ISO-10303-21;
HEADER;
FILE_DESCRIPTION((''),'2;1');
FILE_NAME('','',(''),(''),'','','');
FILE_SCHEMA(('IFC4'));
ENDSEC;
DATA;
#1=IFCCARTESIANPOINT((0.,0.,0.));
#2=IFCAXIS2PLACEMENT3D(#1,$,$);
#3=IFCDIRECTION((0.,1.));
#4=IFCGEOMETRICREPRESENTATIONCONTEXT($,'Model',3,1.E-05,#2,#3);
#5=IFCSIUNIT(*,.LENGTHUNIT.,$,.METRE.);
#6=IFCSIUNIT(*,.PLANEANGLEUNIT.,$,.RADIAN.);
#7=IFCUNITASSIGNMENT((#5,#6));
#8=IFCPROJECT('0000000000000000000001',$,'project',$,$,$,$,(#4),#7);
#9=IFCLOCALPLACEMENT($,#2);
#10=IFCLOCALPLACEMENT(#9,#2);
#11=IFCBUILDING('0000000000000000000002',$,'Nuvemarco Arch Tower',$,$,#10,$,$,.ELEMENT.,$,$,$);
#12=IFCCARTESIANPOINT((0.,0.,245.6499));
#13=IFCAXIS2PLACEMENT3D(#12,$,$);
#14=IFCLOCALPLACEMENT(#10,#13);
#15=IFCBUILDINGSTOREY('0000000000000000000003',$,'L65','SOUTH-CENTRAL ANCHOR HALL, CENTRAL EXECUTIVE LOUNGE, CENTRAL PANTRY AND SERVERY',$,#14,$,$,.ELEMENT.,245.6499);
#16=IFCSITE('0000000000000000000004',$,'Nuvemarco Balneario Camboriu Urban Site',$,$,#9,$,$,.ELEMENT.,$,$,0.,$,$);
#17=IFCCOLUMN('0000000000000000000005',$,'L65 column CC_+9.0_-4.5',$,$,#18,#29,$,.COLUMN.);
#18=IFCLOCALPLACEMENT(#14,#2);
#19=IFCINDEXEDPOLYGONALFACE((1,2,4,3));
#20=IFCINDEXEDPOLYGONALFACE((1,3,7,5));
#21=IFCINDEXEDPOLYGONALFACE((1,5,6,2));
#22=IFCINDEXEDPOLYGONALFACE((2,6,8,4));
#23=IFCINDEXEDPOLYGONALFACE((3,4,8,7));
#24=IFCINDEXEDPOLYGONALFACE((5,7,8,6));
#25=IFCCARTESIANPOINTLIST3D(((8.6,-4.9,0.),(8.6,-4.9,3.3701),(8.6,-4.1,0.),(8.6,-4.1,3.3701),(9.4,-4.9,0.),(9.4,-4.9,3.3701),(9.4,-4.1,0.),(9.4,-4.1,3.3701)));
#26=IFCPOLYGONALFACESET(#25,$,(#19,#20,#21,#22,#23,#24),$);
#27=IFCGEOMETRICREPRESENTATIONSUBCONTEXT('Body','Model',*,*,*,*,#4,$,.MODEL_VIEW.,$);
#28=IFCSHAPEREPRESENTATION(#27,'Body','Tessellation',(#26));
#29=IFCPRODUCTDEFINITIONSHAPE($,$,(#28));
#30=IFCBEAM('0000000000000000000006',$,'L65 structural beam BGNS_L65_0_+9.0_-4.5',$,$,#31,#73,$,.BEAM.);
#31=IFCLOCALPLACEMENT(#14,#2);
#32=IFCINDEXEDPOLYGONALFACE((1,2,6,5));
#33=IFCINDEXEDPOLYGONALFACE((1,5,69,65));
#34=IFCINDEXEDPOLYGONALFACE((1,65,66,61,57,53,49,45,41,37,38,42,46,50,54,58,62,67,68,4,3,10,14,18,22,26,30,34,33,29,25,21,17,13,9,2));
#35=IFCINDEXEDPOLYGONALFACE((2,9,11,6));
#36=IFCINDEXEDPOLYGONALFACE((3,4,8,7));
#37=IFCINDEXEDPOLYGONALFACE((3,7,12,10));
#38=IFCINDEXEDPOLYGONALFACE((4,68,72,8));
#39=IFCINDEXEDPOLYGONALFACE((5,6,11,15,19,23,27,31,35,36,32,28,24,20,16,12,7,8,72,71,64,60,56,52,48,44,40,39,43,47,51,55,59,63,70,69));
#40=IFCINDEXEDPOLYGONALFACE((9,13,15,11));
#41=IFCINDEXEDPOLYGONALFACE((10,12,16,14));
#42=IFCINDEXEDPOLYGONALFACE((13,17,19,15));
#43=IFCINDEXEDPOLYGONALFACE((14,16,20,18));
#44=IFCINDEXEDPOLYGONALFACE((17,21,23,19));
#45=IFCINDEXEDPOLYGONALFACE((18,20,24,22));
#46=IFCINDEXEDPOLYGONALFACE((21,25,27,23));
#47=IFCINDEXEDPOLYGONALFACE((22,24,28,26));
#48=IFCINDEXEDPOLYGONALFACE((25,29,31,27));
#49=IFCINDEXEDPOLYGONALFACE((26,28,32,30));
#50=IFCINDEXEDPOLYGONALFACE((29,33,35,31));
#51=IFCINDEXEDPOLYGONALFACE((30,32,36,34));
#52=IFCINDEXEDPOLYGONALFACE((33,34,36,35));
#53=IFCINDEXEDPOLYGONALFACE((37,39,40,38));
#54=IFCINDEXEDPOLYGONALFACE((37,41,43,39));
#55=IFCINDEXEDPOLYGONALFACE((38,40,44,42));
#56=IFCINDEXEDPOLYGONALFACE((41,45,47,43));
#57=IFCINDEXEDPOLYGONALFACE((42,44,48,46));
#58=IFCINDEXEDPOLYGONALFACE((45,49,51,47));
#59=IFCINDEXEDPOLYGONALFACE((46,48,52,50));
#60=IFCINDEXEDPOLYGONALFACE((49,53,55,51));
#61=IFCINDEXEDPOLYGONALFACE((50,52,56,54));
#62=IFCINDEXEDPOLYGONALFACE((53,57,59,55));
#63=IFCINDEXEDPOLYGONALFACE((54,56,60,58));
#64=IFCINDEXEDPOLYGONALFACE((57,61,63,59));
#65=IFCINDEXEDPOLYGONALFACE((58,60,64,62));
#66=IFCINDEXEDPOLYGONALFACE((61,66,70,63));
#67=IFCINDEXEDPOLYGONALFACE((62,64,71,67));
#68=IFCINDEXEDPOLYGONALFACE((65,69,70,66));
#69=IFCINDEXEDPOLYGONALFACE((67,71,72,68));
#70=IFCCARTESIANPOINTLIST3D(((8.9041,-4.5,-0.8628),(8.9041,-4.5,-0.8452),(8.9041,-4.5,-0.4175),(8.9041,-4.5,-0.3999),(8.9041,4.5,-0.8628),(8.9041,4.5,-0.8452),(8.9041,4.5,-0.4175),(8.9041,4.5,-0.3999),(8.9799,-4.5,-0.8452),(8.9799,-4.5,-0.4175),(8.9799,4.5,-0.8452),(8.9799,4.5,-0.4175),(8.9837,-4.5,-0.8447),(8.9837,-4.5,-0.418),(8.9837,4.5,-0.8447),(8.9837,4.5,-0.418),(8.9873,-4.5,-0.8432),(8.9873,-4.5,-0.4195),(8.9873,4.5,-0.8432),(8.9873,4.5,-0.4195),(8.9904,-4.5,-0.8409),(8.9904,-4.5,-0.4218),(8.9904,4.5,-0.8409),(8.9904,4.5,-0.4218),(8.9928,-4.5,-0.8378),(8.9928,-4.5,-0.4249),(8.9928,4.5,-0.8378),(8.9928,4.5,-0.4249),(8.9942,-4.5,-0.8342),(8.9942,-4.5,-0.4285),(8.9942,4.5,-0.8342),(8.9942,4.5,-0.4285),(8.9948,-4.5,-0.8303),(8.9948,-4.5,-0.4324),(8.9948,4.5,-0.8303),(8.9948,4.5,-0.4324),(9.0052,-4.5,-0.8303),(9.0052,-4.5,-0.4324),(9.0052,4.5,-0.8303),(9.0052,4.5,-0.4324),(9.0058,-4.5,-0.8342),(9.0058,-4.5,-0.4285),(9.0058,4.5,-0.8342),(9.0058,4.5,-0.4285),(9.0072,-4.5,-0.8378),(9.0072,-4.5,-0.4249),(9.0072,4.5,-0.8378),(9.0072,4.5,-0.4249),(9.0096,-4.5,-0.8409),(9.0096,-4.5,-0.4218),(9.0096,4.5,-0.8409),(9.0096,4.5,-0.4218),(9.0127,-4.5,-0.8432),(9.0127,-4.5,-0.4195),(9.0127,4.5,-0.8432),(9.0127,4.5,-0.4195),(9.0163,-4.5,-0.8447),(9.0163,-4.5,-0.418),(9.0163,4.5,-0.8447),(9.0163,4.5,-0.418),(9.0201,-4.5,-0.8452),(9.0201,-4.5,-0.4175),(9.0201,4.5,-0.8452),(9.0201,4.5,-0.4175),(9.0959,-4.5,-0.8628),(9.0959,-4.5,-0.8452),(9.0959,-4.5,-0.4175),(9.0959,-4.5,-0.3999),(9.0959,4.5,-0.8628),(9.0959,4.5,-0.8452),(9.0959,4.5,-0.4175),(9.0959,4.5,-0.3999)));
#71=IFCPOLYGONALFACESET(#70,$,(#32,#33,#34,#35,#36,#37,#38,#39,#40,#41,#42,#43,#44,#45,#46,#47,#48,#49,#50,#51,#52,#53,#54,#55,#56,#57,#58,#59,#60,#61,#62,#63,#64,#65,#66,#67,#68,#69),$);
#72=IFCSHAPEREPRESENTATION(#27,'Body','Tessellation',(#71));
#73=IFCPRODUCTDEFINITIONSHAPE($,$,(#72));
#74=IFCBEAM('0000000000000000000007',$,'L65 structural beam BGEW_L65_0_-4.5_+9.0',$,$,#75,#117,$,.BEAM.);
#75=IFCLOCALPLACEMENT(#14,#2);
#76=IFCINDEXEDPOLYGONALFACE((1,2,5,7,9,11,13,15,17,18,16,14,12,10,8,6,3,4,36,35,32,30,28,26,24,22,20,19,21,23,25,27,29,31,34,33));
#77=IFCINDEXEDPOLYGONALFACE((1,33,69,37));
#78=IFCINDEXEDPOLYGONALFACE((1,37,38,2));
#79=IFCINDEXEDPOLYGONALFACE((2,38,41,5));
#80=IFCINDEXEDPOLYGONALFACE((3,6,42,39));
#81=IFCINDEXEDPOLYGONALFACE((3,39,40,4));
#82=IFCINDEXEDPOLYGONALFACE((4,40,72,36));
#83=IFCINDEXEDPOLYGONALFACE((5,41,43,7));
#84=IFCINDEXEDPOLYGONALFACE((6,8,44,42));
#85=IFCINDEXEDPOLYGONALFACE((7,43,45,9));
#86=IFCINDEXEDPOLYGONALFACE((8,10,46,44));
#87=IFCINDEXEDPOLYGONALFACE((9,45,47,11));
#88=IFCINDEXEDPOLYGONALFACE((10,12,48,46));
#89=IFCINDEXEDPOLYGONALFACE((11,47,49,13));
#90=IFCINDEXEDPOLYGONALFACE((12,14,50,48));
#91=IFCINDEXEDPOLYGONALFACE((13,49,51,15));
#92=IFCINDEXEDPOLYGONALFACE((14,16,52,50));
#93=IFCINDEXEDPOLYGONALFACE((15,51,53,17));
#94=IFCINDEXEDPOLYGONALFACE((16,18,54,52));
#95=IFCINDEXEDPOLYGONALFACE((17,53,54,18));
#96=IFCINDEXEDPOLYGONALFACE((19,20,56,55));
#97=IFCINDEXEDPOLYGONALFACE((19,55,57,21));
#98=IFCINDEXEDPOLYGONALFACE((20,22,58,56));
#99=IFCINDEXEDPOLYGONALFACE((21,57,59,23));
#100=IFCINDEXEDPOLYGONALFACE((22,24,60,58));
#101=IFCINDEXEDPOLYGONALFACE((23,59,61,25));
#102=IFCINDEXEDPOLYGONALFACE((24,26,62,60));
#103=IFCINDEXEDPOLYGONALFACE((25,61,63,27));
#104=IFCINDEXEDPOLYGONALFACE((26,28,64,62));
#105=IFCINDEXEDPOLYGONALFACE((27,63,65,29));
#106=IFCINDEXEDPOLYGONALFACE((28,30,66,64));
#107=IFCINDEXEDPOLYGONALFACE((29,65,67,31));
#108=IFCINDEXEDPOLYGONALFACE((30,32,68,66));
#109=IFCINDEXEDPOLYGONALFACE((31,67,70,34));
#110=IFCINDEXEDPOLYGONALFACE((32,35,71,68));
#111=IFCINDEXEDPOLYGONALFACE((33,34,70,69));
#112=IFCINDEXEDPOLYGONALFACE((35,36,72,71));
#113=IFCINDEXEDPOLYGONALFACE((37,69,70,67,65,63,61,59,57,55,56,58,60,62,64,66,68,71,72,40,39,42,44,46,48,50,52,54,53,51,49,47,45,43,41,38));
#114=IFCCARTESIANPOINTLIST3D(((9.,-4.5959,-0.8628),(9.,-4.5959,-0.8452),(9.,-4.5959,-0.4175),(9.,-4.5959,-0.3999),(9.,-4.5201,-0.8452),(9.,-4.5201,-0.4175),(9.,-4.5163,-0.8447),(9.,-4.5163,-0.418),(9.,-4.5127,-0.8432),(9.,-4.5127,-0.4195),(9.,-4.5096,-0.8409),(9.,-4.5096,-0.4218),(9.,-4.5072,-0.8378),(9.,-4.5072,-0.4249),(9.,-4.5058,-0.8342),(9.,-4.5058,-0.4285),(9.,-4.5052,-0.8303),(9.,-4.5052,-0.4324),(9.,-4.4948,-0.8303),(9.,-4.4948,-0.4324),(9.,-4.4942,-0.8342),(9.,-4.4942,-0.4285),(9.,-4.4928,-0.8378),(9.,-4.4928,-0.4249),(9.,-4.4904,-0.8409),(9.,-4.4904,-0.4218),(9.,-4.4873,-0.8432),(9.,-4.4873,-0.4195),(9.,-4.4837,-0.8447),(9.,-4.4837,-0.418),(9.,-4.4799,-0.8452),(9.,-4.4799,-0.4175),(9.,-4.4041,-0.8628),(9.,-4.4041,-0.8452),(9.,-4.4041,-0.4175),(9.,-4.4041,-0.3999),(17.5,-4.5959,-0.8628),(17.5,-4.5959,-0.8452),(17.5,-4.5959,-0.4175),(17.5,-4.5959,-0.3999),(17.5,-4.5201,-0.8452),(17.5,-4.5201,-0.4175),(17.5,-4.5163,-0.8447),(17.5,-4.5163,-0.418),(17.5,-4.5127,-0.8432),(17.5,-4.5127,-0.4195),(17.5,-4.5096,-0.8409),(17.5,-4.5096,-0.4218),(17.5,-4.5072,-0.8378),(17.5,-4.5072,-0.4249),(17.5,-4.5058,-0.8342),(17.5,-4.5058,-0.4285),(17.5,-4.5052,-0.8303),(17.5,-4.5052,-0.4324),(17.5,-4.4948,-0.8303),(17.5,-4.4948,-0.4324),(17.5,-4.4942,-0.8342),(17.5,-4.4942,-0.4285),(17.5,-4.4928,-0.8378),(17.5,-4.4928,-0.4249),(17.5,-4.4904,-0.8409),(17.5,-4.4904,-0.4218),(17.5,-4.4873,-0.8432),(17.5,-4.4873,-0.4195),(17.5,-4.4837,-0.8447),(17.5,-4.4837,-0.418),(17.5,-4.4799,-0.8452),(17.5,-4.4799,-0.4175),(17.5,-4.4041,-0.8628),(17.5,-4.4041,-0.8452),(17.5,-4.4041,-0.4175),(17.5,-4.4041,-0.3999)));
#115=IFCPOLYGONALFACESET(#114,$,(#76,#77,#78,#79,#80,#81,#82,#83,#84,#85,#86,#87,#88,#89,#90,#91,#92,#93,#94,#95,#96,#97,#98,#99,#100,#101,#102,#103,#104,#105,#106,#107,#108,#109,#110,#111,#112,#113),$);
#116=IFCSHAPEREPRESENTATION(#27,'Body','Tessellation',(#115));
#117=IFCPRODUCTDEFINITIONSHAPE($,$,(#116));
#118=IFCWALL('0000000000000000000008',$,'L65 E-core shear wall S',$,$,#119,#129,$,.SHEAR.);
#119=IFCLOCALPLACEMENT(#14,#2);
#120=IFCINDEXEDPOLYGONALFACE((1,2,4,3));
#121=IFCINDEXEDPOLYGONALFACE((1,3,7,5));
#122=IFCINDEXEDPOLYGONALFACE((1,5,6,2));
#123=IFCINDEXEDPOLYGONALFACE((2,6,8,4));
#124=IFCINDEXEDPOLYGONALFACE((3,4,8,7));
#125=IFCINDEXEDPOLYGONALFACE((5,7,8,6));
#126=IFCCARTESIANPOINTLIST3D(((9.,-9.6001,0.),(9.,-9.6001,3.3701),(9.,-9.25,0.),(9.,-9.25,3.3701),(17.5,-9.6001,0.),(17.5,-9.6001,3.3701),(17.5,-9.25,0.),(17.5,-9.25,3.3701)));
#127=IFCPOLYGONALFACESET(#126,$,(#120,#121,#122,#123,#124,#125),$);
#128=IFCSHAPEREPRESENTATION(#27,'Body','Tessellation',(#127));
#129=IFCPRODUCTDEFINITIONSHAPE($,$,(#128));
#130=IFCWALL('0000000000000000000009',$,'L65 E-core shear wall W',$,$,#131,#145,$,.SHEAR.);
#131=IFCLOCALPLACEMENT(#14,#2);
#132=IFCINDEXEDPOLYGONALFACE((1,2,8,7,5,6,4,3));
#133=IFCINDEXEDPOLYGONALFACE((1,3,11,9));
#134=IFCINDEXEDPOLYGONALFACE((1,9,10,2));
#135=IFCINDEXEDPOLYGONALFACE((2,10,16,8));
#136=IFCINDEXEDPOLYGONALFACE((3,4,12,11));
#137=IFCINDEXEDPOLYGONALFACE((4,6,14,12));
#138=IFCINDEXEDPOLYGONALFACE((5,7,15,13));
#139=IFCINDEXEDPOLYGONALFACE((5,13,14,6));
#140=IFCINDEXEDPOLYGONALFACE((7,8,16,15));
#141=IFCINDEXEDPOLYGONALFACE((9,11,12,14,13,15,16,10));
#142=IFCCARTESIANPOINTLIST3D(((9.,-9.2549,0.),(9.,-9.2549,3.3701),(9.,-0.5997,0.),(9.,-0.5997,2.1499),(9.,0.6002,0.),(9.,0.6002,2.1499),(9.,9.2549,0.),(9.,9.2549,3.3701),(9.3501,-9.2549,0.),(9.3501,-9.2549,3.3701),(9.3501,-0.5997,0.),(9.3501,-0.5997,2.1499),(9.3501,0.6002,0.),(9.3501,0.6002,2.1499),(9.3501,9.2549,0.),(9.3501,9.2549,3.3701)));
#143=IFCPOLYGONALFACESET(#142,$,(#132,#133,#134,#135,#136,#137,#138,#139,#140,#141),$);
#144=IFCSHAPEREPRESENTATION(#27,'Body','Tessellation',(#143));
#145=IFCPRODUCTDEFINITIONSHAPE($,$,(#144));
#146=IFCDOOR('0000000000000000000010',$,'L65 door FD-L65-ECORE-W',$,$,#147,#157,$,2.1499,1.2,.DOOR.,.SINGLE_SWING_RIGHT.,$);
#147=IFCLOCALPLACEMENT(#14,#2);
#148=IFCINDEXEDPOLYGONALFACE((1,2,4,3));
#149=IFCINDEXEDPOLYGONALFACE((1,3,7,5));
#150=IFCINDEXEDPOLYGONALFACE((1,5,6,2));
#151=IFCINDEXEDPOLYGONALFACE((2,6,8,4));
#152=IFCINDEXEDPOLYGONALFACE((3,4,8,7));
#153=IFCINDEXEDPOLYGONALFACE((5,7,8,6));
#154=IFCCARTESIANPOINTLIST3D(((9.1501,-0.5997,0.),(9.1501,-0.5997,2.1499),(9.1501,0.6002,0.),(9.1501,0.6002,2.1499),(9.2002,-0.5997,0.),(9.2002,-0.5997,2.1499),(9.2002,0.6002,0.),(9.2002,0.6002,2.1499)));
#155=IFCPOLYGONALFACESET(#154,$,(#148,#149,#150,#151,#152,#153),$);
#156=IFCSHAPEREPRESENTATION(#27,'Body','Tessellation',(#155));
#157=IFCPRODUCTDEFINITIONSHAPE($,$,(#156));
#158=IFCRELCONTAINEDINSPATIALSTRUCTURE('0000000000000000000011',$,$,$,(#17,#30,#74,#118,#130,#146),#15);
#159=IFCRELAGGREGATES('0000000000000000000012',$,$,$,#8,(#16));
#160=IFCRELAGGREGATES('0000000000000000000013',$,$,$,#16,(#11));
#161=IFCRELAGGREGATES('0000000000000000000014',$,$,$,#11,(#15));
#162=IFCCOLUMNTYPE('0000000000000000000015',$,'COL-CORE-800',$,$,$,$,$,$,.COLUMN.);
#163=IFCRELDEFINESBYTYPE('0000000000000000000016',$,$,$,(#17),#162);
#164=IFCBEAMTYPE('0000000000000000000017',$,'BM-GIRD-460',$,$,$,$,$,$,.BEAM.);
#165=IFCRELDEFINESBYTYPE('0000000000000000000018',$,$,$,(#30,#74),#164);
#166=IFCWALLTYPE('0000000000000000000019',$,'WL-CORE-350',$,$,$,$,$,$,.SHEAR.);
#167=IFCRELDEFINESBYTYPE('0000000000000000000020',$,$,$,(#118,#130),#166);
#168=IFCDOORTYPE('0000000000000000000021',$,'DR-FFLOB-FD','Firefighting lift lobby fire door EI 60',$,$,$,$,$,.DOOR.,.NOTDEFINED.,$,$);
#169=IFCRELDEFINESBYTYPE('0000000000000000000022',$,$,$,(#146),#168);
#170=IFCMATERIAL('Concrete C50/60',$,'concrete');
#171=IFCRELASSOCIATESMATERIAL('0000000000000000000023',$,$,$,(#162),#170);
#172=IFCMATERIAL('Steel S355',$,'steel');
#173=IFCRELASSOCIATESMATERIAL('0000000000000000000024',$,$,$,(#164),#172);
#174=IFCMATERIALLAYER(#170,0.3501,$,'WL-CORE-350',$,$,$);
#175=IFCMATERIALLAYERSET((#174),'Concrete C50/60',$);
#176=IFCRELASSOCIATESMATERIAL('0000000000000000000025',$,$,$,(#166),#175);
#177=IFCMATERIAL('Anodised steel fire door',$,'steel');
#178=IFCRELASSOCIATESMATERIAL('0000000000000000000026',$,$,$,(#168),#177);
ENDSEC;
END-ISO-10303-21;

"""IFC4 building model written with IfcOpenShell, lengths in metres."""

from ifc_helpers import new_model, si_unit, direction, frame, frame_2d, origin, origin_2d, place, context, subcontext, project, spatial, rectangle, i_section, extrude, source, transform, mapped, material, layer, layer_set, material_profile, profile_set, type_object, type_shapes, element, fill, save


model = new_model("IFC4")

# Units and contexts
model_context = context("Model", 3, precision=1e-05, world=origin(), true_north=direction((0.0, 1.0)))
body_context = subcontext(model_context, "Body", "Model", "MODEL_VIEW")
ifc_project = project(units=[si_unit("LENGTHUNIT", "METRE"), si_unit("PLANEANGLEUNIT", "RADIAN")], contexts=[model_context])

# Site, building, storey
site_placement = place(None, origin())
site = spatial("IfcSite", under=ifc_project, at=site_placement, Name="Nuvemarco Balneario Camboriu Urban Site", CompositionType="ELEMENT", RefElevation=0.0)
building_placement = place(site_placement, origin())
building = spatial("IfcBuilding", under=site, at=building_placement, Name="Nuvemarco Arch Tower", CompositionType="ELEMENT")
storey_placement = place(building_placement, frame((0.0, 0.0, 245.6499)))
storey = spatial("IfcBuildingStorey", under=building, at=storey_placement, Name="L65", Description="SOUTH-CENTRAL ANCHOR HALL, CENTRAL EXECUTIVE LOUNGE, CENTRAL PANTRY AND SERVERY", CompositionType="ELEMENT", Elevation=245.6499)

# Column
ifc_material_1 = material(Name="Concrete C50/60", Category="concrete")
ifc_material_profile_1 = material_profile(ifc_material_1, rectangle(XDim=0.8, YDim=0.8, at=origin_2d()), Name="RC-COL-800x800")
ifc_profile_set_1 = profile_set([ifc_material_profile_1], Name="Concrete C50/60")
column_type = type_object("IfcColumnType", Name="COL-CORE-800", PredefinedType="COLUMN", material=ifc_profile_set_1)
column_placement = place(storey_placement, frame((9.0, -4.5, 0.0), z_axis=(0.0, 0.0, 1.0), x_axis=(1.0, 0.0, 0.0)))
element("IfcColumn", 1, at=column_placement, inside=storey, type_object=column_type, Name="L65 column CC_+9.0_-4.5", PredefinedType="COLUMN", context=body_context, shape_type="SweptSolid", body=[
    extrude(rectangle(XDim=0.8, YDim=0.8, at=origin_2d()), origin(), (0.0, 0.0, 1.0), 3.3701),
])

# Beams
ifc_material_2 = material(Name="Steel S355", Category="steel")
ifc_material_profile_2 = material_profile(ifc_material_2, i_section(OverallWidth=0.1919, OverallDepth=0.4629, WebThickness=0.0105, FlangeThickness=0.0176, FilletRadius=0.0149, at=origin_2d()), Name="W460x89")
ifc_profile_set_2 = profile_set([ifc_material_profile_2], Name="Steel S355")
beam_type = type_object("IfcBeamType", Name="BM-GIRD-460", PredefinedType="BEAM", material=ifc_profile_set_2)
beam_1_placement = place(storey_placement, frame((9.0, -4.5, -0.6313), z_axis=(0.0, 1.0, 0.0), x_axis=(-1.0, 0.0, 0.0)))
element("IfcBeam", 2, at=beam_1_placement, inside=storey, type_object=beam_type, Name="L65 structural beam BGNS_L65_0_+9.0_-4.5", PredefinedType="BEAM", context=body_context, shape_type="SweptSolid", body=[
    extrude(i_section(OverallWidth=0.1919, OverallDepth=0.4629, WebThickness=0.0105, FlangeThickness=0.0176, FilletRadius=0.0149, at=origin_2d()), origin(), (0.0, 0.0, 1.0), 9.0),
])
beam_2_placement = place(storey_placement, frame((9.0, -4.5, -0.6313), z_axis=(1.0, 0.0, 0.0), x_axis=(0.0, 1.0, 0.0)))
element("IfcBeam", 3, at=beam_2_placement, inside=storey, type_object=beam_type, Name="L65 structural beam BGEW_L65_0_-4.5_+9.0", PredefinedType="BEAM", context=body_context, shape_type="SweptSolid", body=[
    extrude(i_section(OverallWidth=0.1919, OverallDepth=0.4629, WebThickness=0.0105, FlangeThickness=0.0176, FilletRadius=0.0149, at=origin_2d()), origin(), (0.0, 0.0, 1.0), 8.5),
])

# Wall
ifc_layer_1 = layer(ifc_material_1, 0.3501, Name="WL-CORE-350")
ifc_layer_set_1 = layer_set([ifc_layer_1], Name="Concrete C50/60")
wall_type_1 = type_object("IfcWallType", Name="WL-CORE-350", PredefinedType="SHEAR", material=ifc_layer_set_1)
wall_1_placement = place(storey_placement, frame((9.0, -9.425, 0.0), z_axis=(0.0, 0.0, 1.0), x_axis=(1.0, 0.0, 0.0)))
element("IfcWall", 4, at=wall_1_placement, inside=storey, type_object=wall_type_1, Name="L65 E-core shear wall S", PredefinedType="SHEAR", context=body_context, shape_type="SweptSolid", body=[
    extrude(rectangle(XDim=8.5, YDim=0.3501, at=frame_2d((4.25, 0.0))), origin(), (0.0, 0.0, 1.0), 3.3701),
])

# Wall, opening, door
wall_2_placement = place(storey_placement, frame((9.175, -9.2549, 0.0), z_axis=(0.0, 0.0, 1.0), x_axis=(0.0, 1.0, 0.0)))
wall_2 = element("IfcWall", 5, at=wall_2_placement, inside=storey, type_object=wall_type_1, Name="L65 E-core shear wall W", PredefinedType="SHEAR", context=body_context, shape_type="SweptSolid", body=[
    extrude(rectangle(XDim=18.5098, YDim=0.3501, at=frame_2d((9.2549, 0.0))), origin(), (0.0, 0.0, 1.0), 3.3701),
])
opening_1_placement = place(wall_2_placement, frame((8.655, 0.0, 0.0)))
opening_1 = element("IfcOpeningElement", 6, at=opening_1_placement, cuts=wall_2, PredefinedType="OPENING", context=body_context, shape_type="SweptSolid", body=[
    extrude(rectangle(XDim=1.2, YDim=2.1499, at=frame_2d((0.6001, 1.075))), frame((0.0, 0.1851, 0.0), z_axis=(0.0, -1.0, 0.0), x_axis=(1.0, 0.0, 0.0)), (0.0, 0.0, 1.0), 0.3701),
])
ifc_material_3 = material(Name="Anodised steel fire door", Category="steel")
door_type_1 = type_object("IfcDoorType", Name="DR-FFLOB-FD", Description="Firefighting lift lobby fire door EI 60", OperationType="NOTDEFINED", PredefinedType="DOOR", material=ifc_material_3)
shared_shape_1 = source(origin(), body_context, "Body", "SweptSolid", [
    extrude(rectangle(XDim=1.2, YDim=2.1499, at=frame_2d((0.6001, 1.075))), frame((0.0, 0.0249, 0.0), z_axis=(0.0, -1.0, 0.0), x_axis=(1.0, 0.0, 0.0)), (0.0, 0.0, 1.0), 0.05),
])
type_shapes(door_type_1, [shared_shape_1])
door_1_placement = place(opening_1_placement, origin())
door_1 = element("IfcDoor", 7, at=door_1_placement, inside=storey, type_object=door_type_1, Name="L65 door FD-L65-ECORE-W", OperationType="SINGLE_SWING_RIGHT", OverallHeight=2.1499, OverallWidth=1.2, PredefinedType="DOOR", context=body_context, shape_type="MappedRepresentation", body=[
    mapped(shared_shape_1, transform((0.0, 0.0, 0.0), scale=1.0)),
])
fill(opening_1, door_1)

save(model, "model.ifc")
